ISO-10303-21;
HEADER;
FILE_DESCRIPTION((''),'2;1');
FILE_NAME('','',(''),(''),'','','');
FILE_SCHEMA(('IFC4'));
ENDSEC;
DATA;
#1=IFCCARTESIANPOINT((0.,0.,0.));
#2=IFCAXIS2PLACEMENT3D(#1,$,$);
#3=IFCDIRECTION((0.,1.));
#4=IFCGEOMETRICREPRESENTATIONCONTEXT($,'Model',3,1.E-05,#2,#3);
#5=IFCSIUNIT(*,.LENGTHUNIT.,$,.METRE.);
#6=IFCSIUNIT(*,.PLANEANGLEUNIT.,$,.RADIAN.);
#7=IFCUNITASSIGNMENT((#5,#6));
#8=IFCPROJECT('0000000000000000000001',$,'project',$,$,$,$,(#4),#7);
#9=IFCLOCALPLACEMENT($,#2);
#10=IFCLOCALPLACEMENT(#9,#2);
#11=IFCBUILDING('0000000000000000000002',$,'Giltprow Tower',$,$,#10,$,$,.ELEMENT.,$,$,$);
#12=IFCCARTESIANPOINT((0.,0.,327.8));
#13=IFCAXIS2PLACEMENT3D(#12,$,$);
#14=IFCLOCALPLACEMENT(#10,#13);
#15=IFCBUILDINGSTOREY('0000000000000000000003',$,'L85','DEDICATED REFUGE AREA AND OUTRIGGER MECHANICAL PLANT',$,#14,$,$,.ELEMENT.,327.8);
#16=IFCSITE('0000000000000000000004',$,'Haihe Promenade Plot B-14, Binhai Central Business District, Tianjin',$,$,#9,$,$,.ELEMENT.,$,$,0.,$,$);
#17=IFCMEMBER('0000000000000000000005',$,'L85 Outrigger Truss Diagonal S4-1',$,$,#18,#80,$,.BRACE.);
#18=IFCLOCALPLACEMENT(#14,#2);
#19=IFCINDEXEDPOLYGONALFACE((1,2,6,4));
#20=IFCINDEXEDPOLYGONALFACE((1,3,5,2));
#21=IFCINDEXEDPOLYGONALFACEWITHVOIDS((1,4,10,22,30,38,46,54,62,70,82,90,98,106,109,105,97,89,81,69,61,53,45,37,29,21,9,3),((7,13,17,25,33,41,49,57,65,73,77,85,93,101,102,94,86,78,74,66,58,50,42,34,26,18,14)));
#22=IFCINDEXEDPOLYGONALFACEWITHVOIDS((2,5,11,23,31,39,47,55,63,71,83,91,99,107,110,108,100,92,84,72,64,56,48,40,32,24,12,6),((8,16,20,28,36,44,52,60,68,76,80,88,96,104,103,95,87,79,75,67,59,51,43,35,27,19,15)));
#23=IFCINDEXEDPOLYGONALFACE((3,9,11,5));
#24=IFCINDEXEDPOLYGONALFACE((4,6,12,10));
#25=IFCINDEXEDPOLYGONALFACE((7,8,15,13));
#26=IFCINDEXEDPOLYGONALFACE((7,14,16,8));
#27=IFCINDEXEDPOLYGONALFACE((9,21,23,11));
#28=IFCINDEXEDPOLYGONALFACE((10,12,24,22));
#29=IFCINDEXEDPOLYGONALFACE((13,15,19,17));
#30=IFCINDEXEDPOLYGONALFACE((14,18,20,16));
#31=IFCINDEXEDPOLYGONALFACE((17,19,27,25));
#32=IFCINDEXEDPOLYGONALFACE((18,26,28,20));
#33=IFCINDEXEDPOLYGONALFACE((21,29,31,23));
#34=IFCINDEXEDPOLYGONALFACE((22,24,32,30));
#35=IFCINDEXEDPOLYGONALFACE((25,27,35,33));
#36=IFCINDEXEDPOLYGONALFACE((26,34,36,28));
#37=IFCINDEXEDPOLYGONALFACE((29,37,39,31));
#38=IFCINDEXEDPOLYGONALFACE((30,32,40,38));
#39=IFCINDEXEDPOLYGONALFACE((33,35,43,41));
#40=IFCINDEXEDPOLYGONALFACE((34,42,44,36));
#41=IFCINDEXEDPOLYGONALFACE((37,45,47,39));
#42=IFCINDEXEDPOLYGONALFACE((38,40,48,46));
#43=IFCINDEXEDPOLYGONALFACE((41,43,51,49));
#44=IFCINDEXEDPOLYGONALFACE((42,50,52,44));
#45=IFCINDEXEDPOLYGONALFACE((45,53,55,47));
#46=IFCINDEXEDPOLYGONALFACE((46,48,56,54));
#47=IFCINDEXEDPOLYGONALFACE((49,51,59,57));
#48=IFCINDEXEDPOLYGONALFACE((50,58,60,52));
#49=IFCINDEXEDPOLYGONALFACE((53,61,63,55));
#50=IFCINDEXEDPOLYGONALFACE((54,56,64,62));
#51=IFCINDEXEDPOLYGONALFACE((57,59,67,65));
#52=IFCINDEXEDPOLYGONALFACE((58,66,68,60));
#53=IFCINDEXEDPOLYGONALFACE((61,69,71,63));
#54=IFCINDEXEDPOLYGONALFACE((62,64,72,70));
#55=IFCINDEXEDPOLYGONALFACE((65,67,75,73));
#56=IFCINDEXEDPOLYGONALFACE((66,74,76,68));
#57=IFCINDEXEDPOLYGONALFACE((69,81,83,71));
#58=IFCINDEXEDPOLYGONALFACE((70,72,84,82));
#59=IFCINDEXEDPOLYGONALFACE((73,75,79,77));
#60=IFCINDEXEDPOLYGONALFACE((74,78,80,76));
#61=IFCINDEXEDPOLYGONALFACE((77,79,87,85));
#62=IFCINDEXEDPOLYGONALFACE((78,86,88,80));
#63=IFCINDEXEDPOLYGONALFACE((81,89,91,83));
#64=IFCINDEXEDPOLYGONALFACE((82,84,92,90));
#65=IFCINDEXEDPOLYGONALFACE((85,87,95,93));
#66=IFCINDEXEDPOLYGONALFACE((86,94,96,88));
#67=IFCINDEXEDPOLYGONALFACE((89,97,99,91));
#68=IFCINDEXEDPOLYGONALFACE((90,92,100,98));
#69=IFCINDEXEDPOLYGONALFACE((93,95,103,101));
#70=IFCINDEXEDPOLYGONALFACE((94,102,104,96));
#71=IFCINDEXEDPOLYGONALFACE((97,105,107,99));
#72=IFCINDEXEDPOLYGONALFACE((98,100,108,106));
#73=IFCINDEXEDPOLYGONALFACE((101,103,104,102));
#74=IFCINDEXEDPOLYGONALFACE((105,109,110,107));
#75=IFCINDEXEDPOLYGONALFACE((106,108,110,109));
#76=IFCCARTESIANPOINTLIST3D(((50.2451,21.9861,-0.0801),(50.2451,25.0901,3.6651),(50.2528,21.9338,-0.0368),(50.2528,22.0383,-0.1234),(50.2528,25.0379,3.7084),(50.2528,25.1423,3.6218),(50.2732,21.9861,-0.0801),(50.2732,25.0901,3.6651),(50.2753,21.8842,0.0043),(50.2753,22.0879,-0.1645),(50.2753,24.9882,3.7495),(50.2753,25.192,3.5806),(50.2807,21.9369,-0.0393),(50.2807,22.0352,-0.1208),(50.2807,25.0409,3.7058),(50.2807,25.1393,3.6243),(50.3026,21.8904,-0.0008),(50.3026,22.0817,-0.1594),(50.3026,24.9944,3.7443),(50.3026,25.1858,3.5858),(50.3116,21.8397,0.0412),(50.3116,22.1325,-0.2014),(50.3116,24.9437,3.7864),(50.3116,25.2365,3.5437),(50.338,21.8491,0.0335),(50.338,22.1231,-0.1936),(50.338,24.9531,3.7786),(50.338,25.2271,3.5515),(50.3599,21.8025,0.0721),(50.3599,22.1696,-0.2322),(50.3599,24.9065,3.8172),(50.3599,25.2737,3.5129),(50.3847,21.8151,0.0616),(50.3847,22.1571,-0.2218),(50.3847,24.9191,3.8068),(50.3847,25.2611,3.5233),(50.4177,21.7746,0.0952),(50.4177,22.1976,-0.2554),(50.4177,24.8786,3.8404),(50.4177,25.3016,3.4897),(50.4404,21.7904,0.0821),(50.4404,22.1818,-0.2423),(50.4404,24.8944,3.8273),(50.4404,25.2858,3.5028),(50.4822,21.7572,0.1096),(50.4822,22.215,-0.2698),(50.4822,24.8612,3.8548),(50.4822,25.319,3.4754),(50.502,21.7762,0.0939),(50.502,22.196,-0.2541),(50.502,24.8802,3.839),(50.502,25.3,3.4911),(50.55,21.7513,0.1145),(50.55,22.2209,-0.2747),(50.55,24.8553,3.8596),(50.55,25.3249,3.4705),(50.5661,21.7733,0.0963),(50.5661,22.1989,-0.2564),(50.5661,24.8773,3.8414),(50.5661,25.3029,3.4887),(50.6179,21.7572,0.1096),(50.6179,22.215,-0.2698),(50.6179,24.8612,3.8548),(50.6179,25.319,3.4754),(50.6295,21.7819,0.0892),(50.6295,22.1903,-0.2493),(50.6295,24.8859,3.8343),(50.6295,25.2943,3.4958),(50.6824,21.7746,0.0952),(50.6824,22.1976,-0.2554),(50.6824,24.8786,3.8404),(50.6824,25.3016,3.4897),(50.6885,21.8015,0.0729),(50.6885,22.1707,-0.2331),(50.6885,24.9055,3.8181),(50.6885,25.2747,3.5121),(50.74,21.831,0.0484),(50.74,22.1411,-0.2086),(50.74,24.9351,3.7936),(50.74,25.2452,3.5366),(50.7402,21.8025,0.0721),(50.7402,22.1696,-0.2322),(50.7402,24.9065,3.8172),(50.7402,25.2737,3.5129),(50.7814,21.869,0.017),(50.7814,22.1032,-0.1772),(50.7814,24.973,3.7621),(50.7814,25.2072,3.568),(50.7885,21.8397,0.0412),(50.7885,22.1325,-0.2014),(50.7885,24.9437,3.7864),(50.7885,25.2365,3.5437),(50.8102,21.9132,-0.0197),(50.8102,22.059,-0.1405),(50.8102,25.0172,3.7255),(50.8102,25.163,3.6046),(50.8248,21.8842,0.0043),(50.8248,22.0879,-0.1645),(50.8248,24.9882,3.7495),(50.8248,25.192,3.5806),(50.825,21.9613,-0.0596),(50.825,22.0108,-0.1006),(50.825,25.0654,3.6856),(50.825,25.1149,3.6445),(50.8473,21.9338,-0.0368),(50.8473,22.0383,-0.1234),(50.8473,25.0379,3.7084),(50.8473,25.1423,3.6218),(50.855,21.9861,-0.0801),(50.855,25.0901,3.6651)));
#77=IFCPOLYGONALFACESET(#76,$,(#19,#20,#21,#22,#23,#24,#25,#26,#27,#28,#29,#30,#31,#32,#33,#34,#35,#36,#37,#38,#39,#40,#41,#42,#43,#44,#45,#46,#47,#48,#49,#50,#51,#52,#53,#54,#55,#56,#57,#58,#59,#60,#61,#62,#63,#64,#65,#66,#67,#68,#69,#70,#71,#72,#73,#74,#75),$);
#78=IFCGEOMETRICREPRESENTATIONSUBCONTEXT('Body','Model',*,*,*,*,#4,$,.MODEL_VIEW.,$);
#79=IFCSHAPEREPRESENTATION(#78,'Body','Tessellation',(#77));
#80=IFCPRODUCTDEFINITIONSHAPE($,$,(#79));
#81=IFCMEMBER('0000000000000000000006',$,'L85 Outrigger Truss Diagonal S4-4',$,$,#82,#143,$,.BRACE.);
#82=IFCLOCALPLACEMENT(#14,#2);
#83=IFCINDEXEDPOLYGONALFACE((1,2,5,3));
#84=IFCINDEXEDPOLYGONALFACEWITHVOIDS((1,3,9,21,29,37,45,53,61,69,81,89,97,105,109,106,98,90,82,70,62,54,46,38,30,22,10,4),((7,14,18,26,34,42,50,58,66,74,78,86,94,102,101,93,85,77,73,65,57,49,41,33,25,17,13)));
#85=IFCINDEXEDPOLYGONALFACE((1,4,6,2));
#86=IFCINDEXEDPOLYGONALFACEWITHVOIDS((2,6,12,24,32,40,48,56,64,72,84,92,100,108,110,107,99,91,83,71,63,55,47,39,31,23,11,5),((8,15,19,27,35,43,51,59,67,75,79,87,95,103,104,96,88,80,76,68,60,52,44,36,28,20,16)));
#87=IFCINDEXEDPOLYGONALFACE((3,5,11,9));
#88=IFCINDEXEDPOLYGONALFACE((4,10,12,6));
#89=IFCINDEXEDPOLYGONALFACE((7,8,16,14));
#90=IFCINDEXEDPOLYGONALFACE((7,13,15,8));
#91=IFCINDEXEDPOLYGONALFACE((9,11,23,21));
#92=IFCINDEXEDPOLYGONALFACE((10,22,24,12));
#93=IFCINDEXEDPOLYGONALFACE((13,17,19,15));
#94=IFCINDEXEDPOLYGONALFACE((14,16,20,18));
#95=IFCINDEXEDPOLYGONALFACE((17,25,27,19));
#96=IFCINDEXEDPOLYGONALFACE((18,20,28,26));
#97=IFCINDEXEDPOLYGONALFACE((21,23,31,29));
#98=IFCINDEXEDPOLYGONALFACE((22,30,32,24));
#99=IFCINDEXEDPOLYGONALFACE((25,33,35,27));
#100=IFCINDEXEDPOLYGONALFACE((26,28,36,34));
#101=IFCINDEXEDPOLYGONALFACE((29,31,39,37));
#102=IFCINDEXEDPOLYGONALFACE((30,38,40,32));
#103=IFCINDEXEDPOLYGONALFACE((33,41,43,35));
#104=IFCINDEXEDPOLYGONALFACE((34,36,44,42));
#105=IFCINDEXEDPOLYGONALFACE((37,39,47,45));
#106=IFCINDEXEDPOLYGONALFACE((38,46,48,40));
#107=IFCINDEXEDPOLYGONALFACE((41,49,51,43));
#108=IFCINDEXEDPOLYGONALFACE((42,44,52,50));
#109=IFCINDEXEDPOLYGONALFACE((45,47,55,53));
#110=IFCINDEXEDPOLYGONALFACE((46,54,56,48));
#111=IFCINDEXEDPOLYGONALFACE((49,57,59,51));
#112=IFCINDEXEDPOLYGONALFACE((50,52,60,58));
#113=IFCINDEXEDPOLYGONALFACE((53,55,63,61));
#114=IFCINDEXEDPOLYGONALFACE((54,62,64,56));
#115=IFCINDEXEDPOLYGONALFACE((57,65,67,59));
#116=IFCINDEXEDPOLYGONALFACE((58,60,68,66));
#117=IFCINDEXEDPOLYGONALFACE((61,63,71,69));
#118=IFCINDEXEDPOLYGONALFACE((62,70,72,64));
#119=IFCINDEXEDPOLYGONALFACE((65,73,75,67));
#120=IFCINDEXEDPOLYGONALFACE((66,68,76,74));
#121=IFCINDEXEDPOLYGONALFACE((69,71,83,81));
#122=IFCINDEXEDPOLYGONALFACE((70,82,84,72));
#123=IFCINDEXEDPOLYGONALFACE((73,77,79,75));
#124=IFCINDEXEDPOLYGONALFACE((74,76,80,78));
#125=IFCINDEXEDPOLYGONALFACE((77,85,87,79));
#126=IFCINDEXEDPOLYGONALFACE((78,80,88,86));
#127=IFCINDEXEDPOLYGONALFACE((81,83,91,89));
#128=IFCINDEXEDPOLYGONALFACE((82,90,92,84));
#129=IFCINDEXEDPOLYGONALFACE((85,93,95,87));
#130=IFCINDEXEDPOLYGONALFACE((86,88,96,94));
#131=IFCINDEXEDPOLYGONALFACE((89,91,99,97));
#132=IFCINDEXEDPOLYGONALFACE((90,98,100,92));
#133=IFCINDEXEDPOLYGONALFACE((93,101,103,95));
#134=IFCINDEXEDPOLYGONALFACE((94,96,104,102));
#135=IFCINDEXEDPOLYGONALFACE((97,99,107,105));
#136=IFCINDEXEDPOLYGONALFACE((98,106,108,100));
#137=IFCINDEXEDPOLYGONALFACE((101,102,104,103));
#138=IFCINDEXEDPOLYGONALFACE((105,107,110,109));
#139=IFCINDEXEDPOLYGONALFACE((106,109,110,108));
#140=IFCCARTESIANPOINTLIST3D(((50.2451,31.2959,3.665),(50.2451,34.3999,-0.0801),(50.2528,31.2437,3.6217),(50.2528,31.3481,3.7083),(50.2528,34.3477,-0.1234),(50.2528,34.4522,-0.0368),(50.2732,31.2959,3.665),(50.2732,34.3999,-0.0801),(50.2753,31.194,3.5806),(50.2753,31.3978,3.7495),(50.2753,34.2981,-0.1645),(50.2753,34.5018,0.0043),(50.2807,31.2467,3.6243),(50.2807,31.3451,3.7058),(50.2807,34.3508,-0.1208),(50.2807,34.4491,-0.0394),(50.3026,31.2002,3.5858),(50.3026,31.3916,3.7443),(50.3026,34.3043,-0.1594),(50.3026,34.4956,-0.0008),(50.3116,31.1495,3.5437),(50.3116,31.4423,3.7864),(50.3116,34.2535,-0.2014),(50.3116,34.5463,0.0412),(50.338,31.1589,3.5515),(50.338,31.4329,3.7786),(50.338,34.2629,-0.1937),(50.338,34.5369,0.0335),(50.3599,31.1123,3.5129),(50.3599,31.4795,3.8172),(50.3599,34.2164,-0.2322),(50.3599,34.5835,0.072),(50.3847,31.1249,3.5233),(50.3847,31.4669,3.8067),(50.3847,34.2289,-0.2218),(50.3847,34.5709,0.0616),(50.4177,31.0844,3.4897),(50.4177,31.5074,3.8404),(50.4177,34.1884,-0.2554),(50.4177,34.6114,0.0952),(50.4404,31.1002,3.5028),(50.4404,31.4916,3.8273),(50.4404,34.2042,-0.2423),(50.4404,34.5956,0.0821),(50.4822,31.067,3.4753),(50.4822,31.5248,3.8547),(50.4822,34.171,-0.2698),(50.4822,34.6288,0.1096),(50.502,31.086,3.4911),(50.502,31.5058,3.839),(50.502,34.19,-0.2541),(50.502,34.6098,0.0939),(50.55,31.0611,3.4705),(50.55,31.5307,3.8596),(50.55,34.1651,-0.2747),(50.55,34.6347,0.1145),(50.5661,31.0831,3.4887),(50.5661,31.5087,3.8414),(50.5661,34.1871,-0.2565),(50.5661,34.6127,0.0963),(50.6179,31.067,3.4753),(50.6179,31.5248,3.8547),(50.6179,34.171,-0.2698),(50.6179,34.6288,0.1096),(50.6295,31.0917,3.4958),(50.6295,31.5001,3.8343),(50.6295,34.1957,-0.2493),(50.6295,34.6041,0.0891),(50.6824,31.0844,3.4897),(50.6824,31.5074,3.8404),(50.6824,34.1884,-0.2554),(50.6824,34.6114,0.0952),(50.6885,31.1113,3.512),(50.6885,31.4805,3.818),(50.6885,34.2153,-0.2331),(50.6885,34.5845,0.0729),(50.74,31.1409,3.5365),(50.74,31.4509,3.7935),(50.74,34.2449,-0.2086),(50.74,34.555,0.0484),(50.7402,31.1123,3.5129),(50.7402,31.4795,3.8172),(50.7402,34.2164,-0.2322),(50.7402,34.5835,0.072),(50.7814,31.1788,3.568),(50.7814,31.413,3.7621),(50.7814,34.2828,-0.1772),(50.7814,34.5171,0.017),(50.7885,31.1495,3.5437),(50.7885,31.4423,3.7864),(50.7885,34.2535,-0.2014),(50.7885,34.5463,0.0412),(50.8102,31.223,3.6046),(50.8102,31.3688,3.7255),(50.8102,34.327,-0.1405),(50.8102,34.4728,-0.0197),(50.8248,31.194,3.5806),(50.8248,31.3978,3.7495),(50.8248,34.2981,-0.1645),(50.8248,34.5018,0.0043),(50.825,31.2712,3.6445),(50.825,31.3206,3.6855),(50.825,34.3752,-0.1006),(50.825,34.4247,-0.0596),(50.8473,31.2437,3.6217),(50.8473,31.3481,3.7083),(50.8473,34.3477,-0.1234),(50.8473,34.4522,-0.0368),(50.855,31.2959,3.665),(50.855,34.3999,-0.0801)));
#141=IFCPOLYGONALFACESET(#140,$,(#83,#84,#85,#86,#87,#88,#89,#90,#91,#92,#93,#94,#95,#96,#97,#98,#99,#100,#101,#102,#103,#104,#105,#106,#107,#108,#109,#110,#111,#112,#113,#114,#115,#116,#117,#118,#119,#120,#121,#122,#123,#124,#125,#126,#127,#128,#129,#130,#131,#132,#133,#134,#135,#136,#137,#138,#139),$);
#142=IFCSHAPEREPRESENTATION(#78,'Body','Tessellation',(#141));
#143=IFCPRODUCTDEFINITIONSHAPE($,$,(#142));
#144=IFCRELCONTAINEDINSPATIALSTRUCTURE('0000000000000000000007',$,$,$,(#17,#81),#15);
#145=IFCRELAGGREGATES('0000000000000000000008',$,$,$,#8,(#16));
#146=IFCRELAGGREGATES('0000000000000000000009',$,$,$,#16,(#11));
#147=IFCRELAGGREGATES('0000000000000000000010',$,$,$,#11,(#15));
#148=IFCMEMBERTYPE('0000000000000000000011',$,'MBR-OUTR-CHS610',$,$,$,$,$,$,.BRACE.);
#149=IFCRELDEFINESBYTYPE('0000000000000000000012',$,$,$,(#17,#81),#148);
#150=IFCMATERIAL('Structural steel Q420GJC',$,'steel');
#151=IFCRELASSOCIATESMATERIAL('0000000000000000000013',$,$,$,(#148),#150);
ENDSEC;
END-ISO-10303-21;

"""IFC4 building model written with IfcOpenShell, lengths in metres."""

from ifc_helpers import new_model, si_unit, direction, frame, origin, origin_2d, place, context, subcontext, project, spatial, hollow_circle, extrude, source, transform, mapped, material, material_profile, profile_set, type_object, element, save


model = new_model("IFC4")

# Units and contexts
model_context = context("Model", 3, precision=1e-05, world=origin(), true_north=direction((0.0, 1.0)))
body_context = subcontext(model_context, "Body", "Model", "MODEL_VIEW")
ifc_project = project(units=[si_unit("LENGTHUNIT", "METRE"), si_unit("PLANEANGLEUNIT", "RADIAN")], contexts=[model_context])

# Site, building, storey
site_placement = place(None, origin())
site = spatial("IfcSite", under=ifc_project, at=site_placement, Name="Haihe Promenade Plot B-14, Binhai Central Business District, Tianjin", CompositionType="ELEMENT", RefElevation=0.0)
building_placement = place(site_placement, origin())
building = spatial("IfcBuilding", under=site, at=building_placement, Name="Giltprow Tower", CompositionType="ELEMENT")
storey_placement = place(building_placement, frame((0.0, 0.0, 327.8)))
storey = spatial("IfcBuildingStorey", under=building, at=storey_placement, Name="L85", Description="DEDICATED REFUGE AREA AND OUTRIGGER MECHANICAL PLANT", CompositionType="ELEMENT", Elevation=327.8)

# Shared definitions
ifc_material_1 = material(Name="Structural steel Q420GJC", Category="steel")

# Members
ifc_material_profile_1 = material_profile(ifc_material_1, hollow_circle(Radius=0.3049, WallThickness=0.0281, at=origin_2d()), Name="CHS 610x28")
ifc_profile_set_1 = profile_set([ifc_material_profile_1], Name="Structural steel Q420GJC")
member_type_1 = type_object("IfcMemberType", Name="MBR-OUTR-CHS610", PredefinedType="BRACE", material=ifc_profile_set_1)
shared_shape_1 = source(origin(), body_context, "Body", "SweptSolid", [
    extrude(hollow_circle(Radius=0.3049, WallThickness=0.0281, at=origin_2d()), origin(), (0.0, 0.0, 1.0), 4.8643),
])
for number, where, z_axis, x_axis, name in (
    (1, (50.55, 21.9861, -0.0801), (0.0, 0.638128, 0.76993), (-1.0, 0.0, 0.0), "L85 Outrigger Truss Diagonal S4-1"),
    (2, (50.55, 31.2959, 3.665), (0.0, 0.638128, -0.76993), (-1.0, 0.0, 0.0), "L85 Outrigger Truss Diagonal S4-4"),
):
    element("IfcMember", number, at=place(storey_placement, frame(where, z_axis=z_axis, x_axis=x_axis)), inside=storey, type_object=member_type_1, Name=name, PredefinedType="BRACE", context=body_context, shape_type="MappedRepresentation", body=[
        mapped(shared_shape_1, transform((0.0, 0.0, 0.0), x_axis=(1.0, 0.0, 0.0), y_axis=(0.0, 1.0, 0.0), z_axis=(0.0, 0.0, 1.0), scale=1.0)),
    ])

save(model, "model.ifc")
